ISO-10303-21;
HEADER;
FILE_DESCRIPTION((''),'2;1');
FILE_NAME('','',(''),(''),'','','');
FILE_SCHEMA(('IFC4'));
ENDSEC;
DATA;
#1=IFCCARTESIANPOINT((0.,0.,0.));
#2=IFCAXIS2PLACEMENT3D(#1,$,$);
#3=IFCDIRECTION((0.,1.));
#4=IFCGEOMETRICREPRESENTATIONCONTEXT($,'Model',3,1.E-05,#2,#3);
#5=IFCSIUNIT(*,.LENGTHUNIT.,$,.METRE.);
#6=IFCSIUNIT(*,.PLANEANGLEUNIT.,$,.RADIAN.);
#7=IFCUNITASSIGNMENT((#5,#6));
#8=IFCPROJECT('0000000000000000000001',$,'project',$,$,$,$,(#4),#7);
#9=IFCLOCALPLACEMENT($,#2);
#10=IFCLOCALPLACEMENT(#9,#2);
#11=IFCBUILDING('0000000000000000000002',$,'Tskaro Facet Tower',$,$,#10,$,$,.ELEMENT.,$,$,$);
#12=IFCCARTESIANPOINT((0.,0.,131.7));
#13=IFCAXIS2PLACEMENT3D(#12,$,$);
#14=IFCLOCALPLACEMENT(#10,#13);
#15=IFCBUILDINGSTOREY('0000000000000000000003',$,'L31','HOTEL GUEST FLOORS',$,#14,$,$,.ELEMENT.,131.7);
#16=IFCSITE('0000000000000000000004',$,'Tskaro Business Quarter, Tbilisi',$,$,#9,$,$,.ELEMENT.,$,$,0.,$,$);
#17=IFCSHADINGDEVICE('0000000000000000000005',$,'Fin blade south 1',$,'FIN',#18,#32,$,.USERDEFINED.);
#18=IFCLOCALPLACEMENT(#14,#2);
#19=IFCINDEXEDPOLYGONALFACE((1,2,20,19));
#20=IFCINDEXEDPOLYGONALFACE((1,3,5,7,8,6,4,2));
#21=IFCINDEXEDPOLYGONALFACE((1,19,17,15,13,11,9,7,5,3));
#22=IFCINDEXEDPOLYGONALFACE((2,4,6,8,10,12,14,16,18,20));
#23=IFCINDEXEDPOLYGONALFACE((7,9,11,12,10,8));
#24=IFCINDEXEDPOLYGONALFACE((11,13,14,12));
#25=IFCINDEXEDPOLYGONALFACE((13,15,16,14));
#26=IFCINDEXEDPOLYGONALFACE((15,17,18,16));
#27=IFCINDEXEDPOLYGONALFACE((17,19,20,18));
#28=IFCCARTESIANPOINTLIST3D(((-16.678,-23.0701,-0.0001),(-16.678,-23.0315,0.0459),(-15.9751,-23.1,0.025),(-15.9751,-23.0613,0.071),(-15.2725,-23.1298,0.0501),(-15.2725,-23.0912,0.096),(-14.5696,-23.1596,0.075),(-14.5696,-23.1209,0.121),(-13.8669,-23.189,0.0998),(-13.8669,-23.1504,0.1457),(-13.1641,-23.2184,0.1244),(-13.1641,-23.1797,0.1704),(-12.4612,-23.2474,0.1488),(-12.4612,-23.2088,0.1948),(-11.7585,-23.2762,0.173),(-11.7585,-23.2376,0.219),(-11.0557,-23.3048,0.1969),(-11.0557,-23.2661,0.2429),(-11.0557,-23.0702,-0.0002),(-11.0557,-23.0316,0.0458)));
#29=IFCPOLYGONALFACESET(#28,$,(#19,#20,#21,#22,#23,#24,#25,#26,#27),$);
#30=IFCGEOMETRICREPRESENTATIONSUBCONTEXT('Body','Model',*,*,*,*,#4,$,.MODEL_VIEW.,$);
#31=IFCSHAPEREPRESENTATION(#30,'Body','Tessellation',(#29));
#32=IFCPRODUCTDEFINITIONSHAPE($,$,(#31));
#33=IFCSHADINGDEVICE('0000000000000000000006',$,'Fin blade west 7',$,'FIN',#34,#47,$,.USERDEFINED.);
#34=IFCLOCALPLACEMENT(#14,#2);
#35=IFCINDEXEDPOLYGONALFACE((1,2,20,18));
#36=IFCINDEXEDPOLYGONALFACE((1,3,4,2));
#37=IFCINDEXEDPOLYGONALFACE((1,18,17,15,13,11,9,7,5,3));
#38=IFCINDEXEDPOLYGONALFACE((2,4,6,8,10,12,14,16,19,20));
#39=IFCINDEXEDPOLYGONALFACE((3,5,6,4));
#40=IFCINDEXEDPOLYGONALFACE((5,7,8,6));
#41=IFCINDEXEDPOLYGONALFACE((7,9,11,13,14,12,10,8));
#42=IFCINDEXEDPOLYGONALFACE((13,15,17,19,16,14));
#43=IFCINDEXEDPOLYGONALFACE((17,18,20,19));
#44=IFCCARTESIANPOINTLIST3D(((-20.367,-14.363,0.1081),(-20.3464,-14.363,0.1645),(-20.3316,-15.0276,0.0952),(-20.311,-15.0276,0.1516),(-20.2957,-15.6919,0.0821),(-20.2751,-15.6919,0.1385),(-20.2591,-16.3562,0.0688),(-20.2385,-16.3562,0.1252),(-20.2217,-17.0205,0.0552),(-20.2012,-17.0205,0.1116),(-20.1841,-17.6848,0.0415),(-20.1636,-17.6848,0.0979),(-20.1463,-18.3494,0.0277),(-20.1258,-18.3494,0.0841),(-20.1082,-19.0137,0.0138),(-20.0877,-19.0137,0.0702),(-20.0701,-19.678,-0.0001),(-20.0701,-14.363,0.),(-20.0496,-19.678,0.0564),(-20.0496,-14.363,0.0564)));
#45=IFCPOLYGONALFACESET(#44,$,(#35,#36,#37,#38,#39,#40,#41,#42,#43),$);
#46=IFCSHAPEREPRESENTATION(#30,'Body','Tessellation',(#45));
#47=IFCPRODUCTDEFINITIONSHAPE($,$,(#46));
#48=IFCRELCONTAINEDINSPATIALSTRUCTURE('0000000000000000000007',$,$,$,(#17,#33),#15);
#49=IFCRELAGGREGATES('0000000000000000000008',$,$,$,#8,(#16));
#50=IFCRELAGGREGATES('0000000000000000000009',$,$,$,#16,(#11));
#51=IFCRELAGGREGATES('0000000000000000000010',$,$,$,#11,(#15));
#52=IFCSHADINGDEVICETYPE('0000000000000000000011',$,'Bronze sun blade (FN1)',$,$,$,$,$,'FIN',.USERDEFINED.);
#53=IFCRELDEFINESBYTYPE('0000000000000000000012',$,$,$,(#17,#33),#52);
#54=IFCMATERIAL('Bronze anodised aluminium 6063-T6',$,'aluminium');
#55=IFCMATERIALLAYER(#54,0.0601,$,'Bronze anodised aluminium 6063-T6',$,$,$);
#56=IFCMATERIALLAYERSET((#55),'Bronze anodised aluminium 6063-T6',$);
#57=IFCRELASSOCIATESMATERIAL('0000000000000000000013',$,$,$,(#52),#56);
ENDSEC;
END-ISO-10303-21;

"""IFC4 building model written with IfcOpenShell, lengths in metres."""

from ifc_helpers import new_model, si_unit, direction, frame, origin, place, context, subcontext, project, spatial, polyline, outline, extrude, material, layer, layer_set, type_object, element, save


model = new_model("IFC4")

# Units and contexts
model_context = context("Model", 3, precision=1e-05, world=origin(), true_north=direction((0.0, 1.0)))
body_context = subcontext(model_context, "Body", "Model", "MODEL_VIEW")
ifc_project = project(units=[si_unit("LENGTHUNIT", "METRE"), si_unit("PLANEANGLEUNIT", "RADIAN")], contexts=[model_context])

# Site, building, storey
site_placement = place(None, origin())
site = spatial("IfcSite", under=ifc_project, at=site_placement, Name="Tskaro Business Quarter, Tbilisi", CompositionType="ELEMENT", RefElevation=0.0)
building_placement = place(site_placement, origin())
building = spatial("IfcBuilding", under=site, at=building_placement, Name="Tskaro Facet Tower", CompositionType="ELEMENT")
storey_placement = place(building_placement, frame((0.0, 0.0, 131.7)))
storey = spatial("IfcBuildingStorey", under=building, at=storey_placement, Name="L31", Description="HOTEL GUEST FLOORS", CompositionType="ELEMENT", Elevation=131.7)

# Shared definitions
ifc_material_1 = material(Name="Bronze anodised aluminium 6063-T6", Category="aluminium")

# Shading devices
ifc_layer_1 = layer(ifc_material_1, 0.0601, Name="Bronze anodised aluminium 6063-T6")
ifc_layer_set_1 = layer_set([ifc_layer_1], Name="Bronze anodised aluminium 6063-T6")
shading_device_type = type_object("IfcShadingDeviceType", Name="Bronze sun blade (FN1)", ElementType="FIN", PredefinedType="USERDEFINED", material=ifc_layer_set_1)
shading_device_1_placement = place(storey_placement, frame((-16.678, -23.0315, 0.0459), z_axis=(0.000027, 0.643451, 0.765487), x_axis=(1.0, -0.000017, -0.00002)))
element("IfcShadingDevice", 1, at=shading_device_1_placement, inside=storey, type_object=shading_device_type, Name="Fin blade south 1", ObjectType="FIN", PredefinedType="USERDEFINED", context=body_context, shape_type="SweptSolid", body=[
    extrude(outline(polyline([(0.0, 0.0), (5.6223, 0.0), (5.6223, -0.3064), (4.9194, -0.2691), (4.2168, -0.2315), (3.5139, -0.1936), (2.811, -0.1553), (2.1084, -0.1168), (1.4055, -0.078), (0.7029, -0.039), (0.0, 0.0)])), origin(), (0.0, 0.0, -1.0), 0.0601),
])
shading_device_2_placement = place(storey_placement, frame((-20.0496, -14.363, 0.0564), z_axis=(0.342194, -0.000006, 0.939629), x_axis=(-0.000002, -1.0, -0.000006)))
element("IfcShadingDevice", 2, at=shading_device_2_placement, inside=storey, type_object=shading_device_type, Name="Fin blade west 7", ObjectType="FIN", PredefinedType="USERDEFINED", context=body_context, shape_type="SweptSolid", body=[
    extrude(outline(polyline([(0.0, 0.0), (5.3149, 0.0), (4.6506, -0.0405), (3.9863, -0.0811), (3.3218, -0.1213), (2.6575, -0.1613), (1.9932, -0.2011), (1.3289, -0.24), (0.6646, -0.2783), (0.0, -0.316), (0.0, 0.0)])), origin(), (0.0, 0.0, -1.0), 0.0601),
])

save(model, "model.ifc")
